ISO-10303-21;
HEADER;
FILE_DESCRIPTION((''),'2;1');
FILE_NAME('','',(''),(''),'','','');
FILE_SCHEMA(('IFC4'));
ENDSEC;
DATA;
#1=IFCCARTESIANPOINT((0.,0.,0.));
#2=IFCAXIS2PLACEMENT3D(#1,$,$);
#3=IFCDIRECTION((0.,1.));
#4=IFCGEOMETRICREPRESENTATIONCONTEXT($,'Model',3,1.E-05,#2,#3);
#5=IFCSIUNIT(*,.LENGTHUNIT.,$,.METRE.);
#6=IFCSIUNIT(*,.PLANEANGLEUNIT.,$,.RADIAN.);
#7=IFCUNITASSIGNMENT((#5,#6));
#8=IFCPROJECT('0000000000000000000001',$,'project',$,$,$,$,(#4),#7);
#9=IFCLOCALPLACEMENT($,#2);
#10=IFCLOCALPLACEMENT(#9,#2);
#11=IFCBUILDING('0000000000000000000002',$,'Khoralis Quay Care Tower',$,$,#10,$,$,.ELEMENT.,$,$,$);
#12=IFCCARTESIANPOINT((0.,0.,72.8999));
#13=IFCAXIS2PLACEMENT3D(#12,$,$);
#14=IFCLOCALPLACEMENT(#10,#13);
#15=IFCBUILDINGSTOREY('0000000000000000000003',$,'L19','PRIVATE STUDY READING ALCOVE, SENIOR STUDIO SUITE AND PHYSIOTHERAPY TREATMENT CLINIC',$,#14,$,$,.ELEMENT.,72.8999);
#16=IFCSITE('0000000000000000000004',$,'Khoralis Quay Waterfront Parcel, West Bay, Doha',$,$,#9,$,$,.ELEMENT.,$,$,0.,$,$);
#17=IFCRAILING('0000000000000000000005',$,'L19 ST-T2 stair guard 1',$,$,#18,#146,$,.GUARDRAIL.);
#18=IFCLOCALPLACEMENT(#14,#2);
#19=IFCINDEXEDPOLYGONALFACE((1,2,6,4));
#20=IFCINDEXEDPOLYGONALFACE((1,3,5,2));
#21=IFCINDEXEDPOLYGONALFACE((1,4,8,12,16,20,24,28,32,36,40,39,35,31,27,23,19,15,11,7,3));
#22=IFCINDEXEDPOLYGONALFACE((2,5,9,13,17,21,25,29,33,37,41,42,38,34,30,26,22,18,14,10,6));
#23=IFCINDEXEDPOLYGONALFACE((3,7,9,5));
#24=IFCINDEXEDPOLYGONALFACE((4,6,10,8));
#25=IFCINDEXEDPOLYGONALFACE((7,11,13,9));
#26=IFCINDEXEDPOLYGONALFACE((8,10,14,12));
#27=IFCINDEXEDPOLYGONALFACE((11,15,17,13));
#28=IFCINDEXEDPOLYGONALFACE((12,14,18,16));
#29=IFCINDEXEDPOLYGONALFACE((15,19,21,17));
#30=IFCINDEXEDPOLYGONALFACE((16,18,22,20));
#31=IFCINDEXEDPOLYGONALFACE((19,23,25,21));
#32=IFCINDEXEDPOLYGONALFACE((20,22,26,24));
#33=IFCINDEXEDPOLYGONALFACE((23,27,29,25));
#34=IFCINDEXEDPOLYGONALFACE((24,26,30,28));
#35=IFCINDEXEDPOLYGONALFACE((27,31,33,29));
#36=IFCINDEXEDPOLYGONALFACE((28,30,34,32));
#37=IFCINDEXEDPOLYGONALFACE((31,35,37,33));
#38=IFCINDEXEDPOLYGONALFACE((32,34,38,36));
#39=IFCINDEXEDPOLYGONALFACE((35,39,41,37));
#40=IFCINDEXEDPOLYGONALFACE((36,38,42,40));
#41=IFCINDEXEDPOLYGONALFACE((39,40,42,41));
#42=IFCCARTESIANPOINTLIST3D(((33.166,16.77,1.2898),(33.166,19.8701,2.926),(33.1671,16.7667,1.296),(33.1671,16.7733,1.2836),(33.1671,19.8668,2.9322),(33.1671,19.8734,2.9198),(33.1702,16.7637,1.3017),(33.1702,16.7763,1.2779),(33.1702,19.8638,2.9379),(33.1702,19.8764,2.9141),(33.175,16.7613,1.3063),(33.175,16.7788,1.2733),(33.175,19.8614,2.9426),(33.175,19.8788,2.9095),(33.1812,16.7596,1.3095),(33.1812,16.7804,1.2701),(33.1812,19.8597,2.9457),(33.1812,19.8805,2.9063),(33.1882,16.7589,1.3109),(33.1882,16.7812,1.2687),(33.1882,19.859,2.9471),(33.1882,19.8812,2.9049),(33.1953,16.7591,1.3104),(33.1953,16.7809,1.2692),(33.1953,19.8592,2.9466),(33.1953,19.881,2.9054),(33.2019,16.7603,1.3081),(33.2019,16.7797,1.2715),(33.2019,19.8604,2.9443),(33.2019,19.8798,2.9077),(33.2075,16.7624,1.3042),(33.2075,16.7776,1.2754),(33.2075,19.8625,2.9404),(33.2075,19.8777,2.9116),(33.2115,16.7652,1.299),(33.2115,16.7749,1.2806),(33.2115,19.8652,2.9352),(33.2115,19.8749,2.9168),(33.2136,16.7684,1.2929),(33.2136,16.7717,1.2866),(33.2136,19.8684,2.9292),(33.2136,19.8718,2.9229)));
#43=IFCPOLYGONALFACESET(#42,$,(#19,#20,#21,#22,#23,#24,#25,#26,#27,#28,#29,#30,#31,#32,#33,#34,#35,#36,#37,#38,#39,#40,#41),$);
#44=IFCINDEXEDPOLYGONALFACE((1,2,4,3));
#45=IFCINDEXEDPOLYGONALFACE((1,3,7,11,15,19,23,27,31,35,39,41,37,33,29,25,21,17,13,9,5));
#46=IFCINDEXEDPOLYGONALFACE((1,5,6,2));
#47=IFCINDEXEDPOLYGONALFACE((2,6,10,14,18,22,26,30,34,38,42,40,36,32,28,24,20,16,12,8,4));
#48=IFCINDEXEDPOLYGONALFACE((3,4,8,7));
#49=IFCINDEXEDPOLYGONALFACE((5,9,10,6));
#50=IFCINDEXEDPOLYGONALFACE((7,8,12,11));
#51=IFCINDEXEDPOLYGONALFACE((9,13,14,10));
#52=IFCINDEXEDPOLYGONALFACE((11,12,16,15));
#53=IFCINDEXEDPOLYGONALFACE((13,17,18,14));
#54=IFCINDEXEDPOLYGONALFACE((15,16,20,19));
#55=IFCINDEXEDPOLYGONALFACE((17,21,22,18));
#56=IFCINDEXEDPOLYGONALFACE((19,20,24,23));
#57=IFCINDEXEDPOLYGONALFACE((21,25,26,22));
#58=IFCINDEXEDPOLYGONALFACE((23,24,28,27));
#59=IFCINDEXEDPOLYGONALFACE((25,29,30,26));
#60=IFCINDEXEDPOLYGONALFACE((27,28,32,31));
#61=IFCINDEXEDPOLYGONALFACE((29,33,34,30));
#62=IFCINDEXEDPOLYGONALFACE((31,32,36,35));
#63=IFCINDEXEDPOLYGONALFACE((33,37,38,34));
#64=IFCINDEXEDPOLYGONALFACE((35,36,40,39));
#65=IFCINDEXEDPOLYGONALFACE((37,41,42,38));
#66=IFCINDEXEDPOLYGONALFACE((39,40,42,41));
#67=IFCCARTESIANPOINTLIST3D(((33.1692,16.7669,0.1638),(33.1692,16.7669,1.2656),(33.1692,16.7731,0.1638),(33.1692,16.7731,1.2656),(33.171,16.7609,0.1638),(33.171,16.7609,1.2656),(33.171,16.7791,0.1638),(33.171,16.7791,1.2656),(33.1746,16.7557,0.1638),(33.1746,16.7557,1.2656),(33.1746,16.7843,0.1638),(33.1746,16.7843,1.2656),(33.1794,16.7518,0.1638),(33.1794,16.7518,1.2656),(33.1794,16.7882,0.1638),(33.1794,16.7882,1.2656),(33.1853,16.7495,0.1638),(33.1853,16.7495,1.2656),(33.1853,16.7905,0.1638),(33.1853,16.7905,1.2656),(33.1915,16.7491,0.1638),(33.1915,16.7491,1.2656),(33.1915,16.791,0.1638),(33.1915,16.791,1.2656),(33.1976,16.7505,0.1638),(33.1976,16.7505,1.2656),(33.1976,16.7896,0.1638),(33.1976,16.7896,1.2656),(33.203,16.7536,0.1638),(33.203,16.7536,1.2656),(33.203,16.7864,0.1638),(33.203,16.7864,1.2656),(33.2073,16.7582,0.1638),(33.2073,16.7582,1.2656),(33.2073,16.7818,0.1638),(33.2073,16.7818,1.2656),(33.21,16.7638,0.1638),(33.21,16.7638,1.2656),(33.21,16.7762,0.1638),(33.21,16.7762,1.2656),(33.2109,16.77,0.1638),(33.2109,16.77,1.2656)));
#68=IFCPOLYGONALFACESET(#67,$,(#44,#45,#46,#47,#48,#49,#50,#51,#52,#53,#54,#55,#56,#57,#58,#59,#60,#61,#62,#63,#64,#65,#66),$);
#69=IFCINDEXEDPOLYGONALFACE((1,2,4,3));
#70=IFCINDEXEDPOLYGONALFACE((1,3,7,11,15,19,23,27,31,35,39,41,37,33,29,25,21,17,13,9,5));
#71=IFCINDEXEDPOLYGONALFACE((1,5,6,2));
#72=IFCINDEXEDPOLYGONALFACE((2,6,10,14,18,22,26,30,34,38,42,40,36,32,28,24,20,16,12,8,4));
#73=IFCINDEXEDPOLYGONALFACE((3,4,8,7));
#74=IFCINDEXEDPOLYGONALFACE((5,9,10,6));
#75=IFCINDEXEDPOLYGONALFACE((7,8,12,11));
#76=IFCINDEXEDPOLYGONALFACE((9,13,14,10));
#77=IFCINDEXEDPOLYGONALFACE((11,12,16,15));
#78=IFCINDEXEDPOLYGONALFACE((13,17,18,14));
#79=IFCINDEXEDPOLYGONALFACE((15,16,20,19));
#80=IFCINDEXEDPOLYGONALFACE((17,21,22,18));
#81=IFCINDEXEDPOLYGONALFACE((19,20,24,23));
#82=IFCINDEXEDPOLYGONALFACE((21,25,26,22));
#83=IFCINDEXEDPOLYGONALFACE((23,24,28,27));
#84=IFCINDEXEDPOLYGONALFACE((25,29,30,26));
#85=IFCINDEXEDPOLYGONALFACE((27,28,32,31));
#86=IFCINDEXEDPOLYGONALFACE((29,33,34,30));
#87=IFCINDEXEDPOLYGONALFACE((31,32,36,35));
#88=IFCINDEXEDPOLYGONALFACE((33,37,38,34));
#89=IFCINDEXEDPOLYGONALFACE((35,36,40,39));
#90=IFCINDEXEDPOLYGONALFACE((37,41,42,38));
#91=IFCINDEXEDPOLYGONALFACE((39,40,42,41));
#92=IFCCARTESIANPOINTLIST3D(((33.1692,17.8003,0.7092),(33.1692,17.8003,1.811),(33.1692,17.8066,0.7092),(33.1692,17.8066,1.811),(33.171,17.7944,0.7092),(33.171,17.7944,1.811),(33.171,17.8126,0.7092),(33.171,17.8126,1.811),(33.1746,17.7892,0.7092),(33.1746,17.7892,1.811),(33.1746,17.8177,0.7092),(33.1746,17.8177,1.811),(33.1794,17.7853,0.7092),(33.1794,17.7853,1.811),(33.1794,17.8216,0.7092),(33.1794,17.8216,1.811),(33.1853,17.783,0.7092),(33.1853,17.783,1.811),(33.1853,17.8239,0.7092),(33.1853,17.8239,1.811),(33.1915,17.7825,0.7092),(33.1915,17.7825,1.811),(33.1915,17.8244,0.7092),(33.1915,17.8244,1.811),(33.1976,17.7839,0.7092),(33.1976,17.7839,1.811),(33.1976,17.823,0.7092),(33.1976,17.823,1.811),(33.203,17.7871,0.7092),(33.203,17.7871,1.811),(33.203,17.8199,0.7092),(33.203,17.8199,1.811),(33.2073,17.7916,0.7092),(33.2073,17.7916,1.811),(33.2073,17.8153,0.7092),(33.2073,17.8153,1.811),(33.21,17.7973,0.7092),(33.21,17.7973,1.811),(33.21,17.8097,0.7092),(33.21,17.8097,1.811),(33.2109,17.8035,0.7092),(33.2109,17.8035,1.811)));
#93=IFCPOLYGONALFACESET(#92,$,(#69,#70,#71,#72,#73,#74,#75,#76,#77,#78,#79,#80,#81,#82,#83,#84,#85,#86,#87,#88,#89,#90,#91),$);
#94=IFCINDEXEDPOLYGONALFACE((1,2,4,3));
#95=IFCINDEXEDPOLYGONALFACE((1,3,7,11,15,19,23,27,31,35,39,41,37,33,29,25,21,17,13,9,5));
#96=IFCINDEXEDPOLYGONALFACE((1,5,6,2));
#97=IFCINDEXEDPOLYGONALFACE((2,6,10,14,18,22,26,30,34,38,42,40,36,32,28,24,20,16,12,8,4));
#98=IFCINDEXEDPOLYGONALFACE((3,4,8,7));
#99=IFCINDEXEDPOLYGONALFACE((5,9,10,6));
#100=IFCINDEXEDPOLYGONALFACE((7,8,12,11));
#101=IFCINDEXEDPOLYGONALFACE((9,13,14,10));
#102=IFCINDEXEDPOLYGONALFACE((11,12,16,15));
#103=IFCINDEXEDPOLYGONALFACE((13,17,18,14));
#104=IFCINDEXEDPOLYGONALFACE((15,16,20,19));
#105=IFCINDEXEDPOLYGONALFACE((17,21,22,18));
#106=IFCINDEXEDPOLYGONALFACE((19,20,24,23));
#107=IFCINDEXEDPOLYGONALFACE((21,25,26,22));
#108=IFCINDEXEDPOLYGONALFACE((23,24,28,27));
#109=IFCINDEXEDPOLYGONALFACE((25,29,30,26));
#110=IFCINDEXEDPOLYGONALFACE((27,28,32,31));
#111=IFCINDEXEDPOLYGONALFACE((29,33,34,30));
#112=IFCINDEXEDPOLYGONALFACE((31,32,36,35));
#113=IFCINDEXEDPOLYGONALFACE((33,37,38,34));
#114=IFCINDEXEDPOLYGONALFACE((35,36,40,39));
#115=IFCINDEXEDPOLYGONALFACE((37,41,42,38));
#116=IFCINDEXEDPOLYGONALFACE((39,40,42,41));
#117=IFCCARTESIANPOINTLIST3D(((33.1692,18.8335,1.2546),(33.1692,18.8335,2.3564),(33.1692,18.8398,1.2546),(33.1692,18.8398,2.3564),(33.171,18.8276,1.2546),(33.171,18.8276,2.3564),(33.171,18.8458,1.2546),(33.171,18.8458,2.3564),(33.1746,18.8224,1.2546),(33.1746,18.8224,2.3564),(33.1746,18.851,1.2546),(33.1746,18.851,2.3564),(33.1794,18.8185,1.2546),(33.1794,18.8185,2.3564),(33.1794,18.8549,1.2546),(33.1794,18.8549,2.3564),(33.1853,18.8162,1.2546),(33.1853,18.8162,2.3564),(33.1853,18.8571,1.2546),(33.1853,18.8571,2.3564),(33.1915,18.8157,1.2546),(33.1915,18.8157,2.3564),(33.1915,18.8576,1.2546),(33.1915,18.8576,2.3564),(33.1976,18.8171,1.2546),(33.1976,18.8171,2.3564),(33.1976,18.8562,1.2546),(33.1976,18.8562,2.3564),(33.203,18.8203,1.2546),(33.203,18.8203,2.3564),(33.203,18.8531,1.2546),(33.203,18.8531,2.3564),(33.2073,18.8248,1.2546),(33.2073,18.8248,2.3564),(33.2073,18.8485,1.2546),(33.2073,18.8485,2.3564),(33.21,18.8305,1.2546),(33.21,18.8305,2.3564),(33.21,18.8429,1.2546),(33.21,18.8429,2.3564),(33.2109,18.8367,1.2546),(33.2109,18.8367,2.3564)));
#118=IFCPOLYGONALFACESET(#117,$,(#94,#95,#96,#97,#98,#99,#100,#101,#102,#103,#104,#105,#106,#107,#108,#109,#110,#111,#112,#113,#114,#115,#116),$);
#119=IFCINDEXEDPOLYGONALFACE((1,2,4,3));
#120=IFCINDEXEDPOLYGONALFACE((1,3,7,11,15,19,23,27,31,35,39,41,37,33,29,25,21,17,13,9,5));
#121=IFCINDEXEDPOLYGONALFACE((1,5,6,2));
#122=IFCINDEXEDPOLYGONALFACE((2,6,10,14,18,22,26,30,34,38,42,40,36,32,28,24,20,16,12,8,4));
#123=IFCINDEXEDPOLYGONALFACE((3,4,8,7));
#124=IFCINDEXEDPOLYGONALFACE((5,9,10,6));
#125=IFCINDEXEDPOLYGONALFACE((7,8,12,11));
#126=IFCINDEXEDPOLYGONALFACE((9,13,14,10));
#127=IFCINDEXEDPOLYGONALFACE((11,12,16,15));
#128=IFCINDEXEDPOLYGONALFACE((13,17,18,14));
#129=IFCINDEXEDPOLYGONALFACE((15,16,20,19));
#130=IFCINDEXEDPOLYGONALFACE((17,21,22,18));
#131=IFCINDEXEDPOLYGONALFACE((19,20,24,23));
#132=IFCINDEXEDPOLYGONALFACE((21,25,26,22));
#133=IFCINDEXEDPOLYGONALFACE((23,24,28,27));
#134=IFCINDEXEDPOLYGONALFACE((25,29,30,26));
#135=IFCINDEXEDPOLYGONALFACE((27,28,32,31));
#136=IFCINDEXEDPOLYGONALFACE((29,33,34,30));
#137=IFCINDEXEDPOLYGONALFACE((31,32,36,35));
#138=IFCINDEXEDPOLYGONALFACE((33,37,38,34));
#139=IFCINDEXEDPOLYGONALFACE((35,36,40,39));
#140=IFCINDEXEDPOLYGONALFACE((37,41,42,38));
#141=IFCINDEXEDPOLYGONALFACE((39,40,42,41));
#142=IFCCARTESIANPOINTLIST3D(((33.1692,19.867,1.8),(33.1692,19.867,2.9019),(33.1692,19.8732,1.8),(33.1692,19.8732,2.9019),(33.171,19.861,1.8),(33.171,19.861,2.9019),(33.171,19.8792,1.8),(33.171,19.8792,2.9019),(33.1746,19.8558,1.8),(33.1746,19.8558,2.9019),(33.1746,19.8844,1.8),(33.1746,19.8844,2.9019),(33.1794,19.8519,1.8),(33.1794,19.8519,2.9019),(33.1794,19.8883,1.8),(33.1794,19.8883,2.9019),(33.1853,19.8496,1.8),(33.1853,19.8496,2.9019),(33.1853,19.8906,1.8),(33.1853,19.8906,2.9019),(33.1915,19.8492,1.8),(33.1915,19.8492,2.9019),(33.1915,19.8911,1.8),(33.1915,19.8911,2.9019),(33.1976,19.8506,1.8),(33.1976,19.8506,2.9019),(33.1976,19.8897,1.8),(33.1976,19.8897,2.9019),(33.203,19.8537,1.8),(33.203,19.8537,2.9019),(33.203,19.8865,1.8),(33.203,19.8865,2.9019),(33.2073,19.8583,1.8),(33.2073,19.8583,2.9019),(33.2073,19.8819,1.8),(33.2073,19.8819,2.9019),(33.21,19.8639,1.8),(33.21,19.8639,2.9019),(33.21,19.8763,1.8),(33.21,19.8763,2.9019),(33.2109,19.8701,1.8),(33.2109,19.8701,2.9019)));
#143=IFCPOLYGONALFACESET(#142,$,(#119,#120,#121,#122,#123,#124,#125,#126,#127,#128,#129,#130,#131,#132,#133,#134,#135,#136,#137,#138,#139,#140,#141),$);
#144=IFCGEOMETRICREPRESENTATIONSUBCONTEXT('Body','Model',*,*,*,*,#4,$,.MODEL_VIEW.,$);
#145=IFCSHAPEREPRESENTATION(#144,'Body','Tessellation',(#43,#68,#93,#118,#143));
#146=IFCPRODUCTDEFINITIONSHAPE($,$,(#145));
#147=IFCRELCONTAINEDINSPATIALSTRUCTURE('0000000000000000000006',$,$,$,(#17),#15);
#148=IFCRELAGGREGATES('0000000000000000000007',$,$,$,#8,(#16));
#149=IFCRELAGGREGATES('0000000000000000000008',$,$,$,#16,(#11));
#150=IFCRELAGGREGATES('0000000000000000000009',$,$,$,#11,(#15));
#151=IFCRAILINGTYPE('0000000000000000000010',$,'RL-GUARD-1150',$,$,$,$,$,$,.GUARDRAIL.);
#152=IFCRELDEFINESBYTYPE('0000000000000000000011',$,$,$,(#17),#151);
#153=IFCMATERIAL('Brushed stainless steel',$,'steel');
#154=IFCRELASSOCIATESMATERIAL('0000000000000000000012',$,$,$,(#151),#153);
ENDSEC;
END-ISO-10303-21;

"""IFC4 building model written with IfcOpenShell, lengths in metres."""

from ifc_helpers import new_model, si_unit, direction, frame, origin, origin_2d, place, context, subcontext, project, spatial, circle, extrude, material, type_object, element, save


model = new_model("IFC4")

# Units and contexts
model_context = context("Model", 3, precision=1e-05, world=origin(), true_north=direction((0.0, 1.0)))
body_context = subcontext(model_context, "Body", "Model", "MODEL_VIEW")
ifc_project = project(units=[si_unit("LENGTHUNIT", "METRE"), si_unit("PLANEANGLEUNIT", "RADIAN")], contexts=[model_context])

# Site, building, storey
site_placement = place(None, origin())
site = spatial("IfcSite", under=ifc_project, at=site_placement, Name="Khoralis Quay Waterfront Parcel, West Bay, Doha", CompositionType="ELEMENT", RefElevation=0.0)
building_placement = place(site_placement, origin())
building = spatial("IfcBuilding", under=site, at=building_placement, Name="Khoralis Quay Care Tower", CompositionType="ELEMENT")
storey_placement = place(building_placement, frame((0.0, 0.0, 72.8999)))
storey = spatial("IfcBuildingStorey", under=building, at=storey_placement, Name="L19", Description="PRIVATE STUDY READING ALCOVE, SENIOR STUDIO SUITE AND PHYSIOTHERAPY TREATMENT CLINIC", CompositionType="ELEMENT", Elevation=72.8999)

# Shared definitions
ifc_material_1 = material(Name="Brushed stainless steel", Category="steel")

# Railing
railing_type_1 = type_object("IfcRailingType", Name="RL-GUARD-1150", PredefinedType="GUARDRAIL", material=ifc_material_1)
railing_1_placement = place(storey_placement, frame((33.1899, 16.77, 0.1638)))
element("IfcRailing", 1, at=railing_1_placement, inside=storey, type_object=railing_type_1, Name="L19 ST-T2 stair guard 1", PredefinedType="GUARDRAIL", context=body_context, shape_type="SweptSolid", body=[
    extrude(circle(Radius=0.0239, at=origin_2d()), frame((0.0, 0.0, 1.126), z_axis=(0.0, 0.884377, 0.466774), x_axis=(-1.0, 0.0, 0.0)), (0.0, 0.0, 1.0), 3.5054),
    extrude(circle(Radius=0.021, at=origin_2d()), origin(), (0.0, 0.0, 1.0), 1.1018),
    extrude(circle(Radius=0.021, at=origin_2d()), frame((0.0, 1.0334, 0.5454)), (0.0, 0.0, 1.0), 1.1018),
    extrude(circle(Radius=0.021, at=origin_2d()), frame((0.0, 2.0667, 1.0908)), (0.0, 0.0, 1.0), 1.1018),
    extrude(circle(Radius=0.021, at=origin_2d()), frame((0.0, 3.1001, 1.6362)), (0.0, 0.0, 1.0), 1.1018),
])

save(model, "model.ifc")
